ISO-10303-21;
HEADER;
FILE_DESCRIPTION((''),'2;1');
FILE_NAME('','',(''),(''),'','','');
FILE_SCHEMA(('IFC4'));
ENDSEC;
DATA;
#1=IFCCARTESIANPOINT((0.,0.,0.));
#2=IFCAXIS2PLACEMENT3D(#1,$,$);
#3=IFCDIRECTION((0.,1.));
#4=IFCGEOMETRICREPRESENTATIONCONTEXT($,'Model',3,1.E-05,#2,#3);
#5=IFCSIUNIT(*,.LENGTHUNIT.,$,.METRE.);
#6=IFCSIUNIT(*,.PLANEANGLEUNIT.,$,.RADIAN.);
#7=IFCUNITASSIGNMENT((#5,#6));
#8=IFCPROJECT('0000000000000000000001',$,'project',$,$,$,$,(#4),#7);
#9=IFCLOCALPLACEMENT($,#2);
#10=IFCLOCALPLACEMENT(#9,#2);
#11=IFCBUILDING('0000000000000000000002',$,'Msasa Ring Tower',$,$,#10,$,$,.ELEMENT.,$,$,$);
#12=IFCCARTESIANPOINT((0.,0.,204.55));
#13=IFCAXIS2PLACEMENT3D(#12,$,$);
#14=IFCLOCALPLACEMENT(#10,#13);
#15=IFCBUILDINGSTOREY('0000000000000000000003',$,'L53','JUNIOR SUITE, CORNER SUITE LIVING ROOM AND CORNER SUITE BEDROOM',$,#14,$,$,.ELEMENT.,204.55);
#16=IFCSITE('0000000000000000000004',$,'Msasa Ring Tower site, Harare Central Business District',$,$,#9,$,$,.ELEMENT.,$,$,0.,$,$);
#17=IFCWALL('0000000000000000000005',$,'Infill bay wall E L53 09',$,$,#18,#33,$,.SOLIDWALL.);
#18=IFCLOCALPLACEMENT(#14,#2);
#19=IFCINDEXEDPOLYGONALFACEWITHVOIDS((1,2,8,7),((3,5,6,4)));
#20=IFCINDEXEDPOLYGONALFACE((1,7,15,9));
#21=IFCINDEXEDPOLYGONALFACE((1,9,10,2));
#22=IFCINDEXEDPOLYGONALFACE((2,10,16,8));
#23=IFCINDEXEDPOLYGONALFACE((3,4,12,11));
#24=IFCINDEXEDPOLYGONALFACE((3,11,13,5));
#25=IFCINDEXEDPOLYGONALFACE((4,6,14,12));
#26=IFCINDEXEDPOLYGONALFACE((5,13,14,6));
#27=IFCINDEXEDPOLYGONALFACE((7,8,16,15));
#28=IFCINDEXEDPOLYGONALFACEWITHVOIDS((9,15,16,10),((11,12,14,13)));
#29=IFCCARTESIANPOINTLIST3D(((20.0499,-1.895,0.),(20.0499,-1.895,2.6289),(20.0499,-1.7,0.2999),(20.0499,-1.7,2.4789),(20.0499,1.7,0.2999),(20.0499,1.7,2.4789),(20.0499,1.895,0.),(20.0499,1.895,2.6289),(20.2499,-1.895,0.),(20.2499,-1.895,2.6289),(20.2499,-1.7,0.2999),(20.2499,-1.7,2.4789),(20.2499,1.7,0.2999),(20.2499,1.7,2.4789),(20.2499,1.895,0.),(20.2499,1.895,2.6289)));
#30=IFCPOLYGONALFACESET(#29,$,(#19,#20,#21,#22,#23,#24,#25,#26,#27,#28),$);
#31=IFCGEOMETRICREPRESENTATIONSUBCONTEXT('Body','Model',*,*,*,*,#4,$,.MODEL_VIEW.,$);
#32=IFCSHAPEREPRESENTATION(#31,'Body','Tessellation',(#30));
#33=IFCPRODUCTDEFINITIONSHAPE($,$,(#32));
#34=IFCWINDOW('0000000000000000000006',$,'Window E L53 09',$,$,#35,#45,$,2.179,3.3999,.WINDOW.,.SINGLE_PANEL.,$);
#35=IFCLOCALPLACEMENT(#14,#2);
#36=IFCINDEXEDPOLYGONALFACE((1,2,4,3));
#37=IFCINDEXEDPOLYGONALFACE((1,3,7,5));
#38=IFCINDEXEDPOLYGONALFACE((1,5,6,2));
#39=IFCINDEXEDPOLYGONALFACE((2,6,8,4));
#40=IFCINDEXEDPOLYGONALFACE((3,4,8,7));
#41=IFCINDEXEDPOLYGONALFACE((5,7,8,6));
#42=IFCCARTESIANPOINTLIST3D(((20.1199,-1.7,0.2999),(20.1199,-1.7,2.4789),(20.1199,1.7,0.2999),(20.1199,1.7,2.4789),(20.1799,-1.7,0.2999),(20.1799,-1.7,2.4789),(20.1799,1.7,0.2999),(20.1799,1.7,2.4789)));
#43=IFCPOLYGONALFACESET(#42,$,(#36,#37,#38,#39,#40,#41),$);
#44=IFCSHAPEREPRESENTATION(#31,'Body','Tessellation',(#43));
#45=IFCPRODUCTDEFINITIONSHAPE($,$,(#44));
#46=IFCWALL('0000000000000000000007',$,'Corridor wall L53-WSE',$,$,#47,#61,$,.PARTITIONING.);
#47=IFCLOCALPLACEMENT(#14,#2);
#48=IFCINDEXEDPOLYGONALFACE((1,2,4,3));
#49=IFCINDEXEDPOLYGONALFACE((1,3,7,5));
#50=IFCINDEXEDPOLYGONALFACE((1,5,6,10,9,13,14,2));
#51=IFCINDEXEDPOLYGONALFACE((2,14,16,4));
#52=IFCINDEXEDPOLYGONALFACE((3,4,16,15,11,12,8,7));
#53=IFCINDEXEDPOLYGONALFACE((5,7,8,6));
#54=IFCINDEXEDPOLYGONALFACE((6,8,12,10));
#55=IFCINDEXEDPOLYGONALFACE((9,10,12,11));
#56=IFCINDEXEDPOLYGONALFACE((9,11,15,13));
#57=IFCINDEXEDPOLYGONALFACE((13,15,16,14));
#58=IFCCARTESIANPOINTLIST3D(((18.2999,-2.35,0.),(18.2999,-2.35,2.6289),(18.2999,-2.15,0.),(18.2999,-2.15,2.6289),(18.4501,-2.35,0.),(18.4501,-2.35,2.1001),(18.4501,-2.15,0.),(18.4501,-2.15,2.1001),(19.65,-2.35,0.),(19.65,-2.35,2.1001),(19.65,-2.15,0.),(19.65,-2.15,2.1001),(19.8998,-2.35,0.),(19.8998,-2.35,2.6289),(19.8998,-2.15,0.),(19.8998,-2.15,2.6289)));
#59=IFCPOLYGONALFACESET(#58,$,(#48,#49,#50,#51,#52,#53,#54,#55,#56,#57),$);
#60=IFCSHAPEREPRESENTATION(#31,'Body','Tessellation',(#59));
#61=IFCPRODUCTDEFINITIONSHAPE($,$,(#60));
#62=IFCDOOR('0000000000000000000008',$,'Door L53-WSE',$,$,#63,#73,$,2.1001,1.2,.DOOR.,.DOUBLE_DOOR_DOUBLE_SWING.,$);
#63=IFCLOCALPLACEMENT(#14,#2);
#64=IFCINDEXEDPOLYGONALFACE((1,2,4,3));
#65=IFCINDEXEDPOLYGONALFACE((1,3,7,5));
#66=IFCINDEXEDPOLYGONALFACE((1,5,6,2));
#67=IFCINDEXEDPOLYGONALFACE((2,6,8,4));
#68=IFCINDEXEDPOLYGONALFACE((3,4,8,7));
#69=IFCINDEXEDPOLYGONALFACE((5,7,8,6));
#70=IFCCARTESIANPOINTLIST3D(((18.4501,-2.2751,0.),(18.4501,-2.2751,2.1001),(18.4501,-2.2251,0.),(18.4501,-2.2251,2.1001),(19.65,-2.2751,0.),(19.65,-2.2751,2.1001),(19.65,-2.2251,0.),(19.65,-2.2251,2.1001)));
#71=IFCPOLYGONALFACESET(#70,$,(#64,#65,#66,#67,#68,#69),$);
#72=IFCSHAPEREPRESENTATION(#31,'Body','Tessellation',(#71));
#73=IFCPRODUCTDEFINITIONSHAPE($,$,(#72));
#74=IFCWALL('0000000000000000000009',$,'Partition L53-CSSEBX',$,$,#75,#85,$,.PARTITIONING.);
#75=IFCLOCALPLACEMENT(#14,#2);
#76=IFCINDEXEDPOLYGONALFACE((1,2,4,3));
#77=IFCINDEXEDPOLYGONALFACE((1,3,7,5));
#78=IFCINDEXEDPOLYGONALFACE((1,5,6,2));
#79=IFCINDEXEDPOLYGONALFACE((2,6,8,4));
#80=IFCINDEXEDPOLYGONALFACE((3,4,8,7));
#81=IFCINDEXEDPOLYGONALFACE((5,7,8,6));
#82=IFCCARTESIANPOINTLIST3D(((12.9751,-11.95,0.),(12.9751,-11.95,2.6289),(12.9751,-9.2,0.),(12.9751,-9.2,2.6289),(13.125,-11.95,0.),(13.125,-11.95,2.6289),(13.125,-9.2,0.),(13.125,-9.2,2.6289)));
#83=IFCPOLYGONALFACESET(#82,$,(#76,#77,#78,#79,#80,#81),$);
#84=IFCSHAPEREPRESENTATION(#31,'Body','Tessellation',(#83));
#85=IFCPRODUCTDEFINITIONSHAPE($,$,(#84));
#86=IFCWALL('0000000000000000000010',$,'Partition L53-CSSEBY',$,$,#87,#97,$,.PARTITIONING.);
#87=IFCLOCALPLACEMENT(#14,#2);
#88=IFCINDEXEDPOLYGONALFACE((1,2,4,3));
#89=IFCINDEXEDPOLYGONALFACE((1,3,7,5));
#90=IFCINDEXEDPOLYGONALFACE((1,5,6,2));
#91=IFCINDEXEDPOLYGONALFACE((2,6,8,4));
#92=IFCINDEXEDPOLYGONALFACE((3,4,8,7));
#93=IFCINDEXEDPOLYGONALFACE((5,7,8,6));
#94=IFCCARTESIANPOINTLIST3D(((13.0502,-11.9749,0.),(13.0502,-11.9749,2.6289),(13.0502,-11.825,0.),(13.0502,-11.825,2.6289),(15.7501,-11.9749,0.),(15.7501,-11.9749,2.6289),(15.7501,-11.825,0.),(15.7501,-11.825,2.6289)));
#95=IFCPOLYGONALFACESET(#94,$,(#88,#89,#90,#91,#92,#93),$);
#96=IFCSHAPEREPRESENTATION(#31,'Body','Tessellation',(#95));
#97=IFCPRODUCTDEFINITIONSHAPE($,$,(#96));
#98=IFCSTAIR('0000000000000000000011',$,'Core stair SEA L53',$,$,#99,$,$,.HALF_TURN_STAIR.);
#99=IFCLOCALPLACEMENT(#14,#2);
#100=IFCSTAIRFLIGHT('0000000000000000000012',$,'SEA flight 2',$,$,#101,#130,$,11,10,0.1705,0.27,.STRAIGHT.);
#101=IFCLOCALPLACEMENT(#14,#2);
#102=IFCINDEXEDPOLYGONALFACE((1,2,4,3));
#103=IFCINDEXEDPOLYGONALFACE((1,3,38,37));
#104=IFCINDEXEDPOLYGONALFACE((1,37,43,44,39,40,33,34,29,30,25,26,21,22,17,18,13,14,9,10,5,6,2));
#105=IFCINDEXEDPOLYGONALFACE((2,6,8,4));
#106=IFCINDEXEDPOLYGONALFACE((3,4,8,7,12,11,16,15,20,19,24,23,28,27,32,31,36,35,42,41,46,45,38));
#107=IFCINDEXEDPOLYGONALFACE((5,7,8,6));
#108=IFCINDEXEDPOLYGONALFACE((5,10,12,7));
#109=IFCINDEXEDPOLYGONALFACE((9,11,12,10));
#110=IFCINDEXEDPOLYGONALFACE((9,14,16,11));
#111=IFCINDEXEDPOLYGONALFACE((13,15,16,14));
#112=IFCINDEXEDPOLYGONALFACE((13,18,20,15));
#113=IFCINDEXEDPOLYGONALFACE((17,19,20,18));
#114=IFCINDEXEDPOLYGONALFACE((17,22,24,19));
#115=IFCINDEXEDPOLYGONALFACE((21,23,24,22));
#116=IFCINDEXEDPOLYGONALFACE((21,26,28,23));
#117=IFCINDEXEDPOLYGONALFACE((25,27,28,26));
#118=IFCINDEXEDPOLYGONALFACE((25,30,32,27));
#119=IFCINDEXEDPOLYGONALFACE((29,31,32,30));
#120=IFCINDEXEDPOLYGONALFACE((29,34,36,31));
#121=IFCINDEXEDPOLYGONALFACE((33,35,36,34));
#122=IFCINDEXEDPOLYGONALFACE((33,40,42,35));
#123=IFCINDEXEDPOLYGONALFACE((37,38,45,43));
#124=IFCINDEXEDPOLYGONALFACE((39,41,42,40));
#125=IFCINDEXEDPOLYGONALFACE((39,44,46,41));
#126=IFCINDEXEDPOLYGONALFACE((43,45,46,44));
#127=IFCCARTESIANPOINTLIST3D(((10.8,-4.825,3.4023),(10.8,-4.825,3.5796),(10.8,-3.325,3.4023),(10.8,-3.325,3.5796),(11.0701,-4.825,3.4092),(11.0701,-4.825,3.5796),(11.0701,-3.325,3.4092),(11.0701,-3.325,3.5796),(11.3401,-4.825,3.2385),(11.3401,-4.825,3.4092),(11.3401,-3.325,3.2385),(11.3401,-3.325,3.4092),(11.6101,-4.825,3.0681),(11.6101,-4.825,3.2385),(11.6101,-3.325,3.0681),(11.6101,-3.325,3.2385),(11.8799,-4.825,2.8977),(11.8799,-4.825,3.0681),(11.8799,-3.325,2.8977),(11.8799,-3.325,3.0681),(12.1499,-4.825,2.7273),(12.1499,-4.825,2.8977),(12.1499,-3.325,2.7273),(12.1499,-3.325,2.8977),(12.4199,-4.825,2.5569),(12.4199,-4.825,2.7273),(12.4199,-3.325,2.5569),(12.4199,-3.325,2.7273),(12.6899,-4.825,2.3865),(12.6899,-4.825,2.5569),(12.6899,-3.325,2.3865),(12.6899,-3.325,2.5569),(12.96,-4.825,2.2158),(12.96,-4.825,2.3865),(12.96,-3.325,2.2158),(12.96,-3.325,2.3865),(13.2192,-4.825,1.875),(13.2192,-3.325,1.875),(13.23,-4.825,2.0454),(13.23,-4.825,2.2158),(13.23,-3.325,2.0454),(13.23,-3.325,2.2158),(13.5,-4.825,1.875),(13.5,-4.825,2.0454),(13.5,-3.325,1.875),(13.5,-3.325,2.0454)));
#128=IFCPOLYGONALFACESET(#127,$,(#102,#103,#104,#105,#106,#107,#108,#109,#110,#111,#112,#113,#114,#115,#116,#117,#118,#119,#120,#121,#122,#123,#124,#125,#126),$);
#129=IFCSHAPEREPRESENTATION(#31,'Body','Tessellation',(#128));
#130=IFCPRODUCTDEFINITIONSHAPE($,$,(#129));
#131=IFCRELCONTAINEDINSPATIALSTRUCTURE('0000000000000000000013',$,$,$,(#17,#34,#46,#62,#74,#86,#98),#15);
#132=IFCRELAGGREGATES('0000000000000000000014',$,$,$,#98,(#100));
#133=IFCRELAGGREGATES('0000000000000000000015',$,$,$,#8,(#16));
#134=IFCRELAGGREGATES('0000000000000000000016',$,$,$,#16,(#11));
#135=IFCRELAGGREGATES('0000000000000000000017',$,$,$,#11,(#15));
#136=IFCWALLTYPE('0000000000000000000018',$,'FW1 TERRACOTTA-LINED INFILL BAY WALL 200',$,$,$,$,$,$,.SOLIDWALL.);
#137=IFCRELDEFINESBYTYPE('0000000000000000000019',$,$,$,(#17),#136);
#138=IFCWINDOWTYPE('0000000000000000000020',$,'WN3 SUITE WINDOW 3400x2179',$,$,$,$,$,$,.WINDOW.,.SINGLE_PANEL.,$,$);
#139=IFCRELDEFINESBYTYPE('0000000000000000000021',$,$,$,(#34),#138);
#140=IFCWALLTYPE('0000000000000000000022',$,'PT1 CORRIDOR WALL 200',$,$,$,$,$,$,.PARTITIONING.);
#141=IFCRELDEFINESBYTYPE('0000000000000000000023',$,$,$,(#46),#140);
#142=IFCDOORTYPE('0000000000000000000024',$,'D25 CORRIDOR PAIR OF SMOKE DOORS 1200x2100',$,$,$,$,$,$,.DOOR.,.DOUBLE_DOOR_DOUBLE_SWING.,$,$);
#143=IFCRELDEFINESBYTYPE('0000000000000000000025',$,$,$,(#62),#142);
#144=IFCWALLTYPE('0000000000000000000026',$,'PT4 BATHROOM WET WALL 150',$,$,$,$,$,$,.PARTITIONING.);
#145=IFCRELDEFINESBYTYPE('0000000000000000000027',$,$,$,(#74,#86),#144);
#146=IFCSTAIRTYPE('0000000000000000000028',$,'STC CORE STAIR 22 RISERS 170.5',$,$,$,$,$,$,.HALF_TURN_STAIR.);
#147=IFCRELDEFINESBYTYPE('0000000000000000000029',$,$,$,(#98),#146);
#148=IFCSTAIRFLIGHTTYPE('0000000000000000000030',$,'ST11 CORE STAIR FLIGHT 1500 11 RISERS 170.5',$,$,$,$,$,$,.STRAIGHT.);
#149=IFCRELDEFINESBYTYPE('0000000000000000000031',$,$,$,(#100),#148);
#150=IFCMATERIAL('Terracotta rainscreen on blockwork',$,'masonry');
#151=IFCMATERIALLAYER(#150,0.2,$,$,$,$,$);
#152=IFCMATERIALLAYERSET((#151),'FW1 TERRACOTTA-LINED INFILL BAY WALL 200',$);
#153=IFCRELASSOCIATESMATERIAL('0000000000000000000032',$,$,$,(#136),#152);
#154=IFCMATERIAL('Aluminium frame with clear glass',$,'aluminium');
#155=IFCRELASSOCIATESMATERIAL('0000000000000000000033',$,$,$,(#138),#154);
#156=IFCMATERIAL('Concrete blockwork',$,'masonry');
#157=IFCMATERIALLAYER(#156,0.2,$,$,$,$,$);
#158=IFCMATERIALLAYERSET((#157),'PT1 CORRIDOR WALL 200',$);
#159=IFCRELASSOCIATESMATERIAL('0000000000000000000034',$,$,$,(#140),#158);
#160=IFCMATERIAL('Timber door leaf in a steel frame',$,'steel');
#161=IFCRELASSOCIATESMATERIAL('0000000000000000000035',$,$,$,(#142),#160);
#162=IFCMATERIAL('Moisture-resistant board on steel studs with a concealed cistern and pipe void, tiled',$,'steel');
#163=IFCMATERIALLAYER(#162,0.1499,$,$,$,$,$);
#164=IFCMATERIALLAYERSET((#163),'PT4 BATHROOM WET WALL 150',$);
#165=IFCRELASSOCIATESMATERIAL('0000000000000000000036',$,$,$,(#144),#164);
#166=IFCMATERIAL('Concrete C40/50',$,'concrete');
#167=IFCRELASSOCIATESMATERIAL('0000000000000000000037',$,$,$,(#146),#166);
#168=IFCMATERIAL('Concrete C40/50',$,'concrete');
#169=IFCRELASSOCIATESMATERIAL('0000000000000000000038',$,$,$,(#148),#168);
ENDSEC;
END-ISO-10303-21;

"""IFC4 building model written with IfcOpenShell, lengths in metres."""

from ifc_helpers import new_model, si_unit, direction, frame, frame_2d, origin, place, context, subcontext, project, spatial, polyline, rectangle, outline, extrude, material, layer, layer_set, type_object, element, fill, aggregate, save


model = new_model("IFC4")

# Units and contexts
model_context = context("Model", 3, precision=1e-05, world=origin(), true_north=direction((0.0, 1.0)))
body_context = subcontext(model_context, "Body", "Model", "MODEL_VIEW")
ifc_project = project(units=[si_unit("LENGTHUNIT", "METRE"), si_unit("PLANEANGLEUNIT", "RADIAN")], contexts=[model_context])

# Site, building, storey
site_placement = place(None, origin())
site = spatial("IfcSite", under=ifc_project, at=site_placement, Name="Msasa Ring Tower site, Harare Central Business District", CompositionType="ELEMENT", RefElevation=0.0)
building_placement = place(site_placement, origin())
building = spatial("IfcBuilding", under=site, at=building_placement, Name="Msasa Ring Tower", CompositionType="ELEMENT")
storey_placement = place(building_placement, frame((0.0, 0.0, 204.55)))
storey = spatial("IfcBuildingStorey", under=building, at=storey_placement, Name="L53", Description="JUNIOR SUITE, CORNER SUITE LIVING ROOM AND CORNER SUITE BEDROOM", CompositionType="ELEMENT", Elevation=204.55)

# Wall, opening, window
ifc_material_1 = material(Name="Terracotta rainscreen on blockwork", Category="masonry")
ifc_layer_1 = layer(ifc_material_1, 0.2)
ifc_layer_set_1 = layer_set([ifc_layer_1], Name="FW1 TERRACOTTA-LINED INFILL BAY WALL 200")
wall_type_1 = type_object("IfcWallType", Name="FW1 TERRACOTTA-LINED INFILL BAY WALL 200", PredefinedType="SOLIDWALL", material=ifc_layer_set_1)
ifc_material_2 = material(Name="Aluminium frame with clear glass", Category="aluminium")
window_type = type_object("IfcWindowType", Name="WN3 SUITE WINDOW 3400x2179", PartitioningType="SINGLE_PANEL", PredefinedType="WINDOW", material=ifc_material_2)
wall_1_placement = place(storey_placement, frame((20.1499, -1.895, 0.0), z_axis=(0.0, 0.0, 1.0), x_axis=(0.0, 1.0, 0.0)))
wall_1 = element("IfcWall", 1, at=wall_1_placement, inside=storey, type_object=wall_type_1, Name="Infill bay wall E L53 09", PredefinedType="SOLIDWALL", context=body_context, shape_type="SweptSolid", body=[
    extrude(rectangle(XDim=3.79, YDim=0.2, at=frame_2d((1.895, 0.0))), origin(), (0.0, 0.0, 1.0), 2.6289),
])
opening_1_placement = place(wall_1_placement, frame((0.1951, 0.0, 0.3)))
opening_1 = element("IfcOpeningElement", 2, at=opening_1_placement, cuts=wall_1, PredefinedType="OPENING", context=body_context, shape_type="SweptSolid", body=[
    extrude(rectangle(XDim=3.3999, YDim=2.179, at=frame_2d((1.7, 1.0894))), frame((0.0, 0.1099, 0.0), z_axis=(0.0, -1.0, 0.0), x_axis=(1.0, 0.0, 0.0)), (0.0, 0.0, 1.0), 0.22),
])
window_1_placement = place(opening_1_placement, origin())
window_1 = element("IfcWindow", 3, at=window_1_placement, inside=storey, type_object=window_type, Name="Window E L53 09", OverallHeight=2.179, OverallWidth=3.3999, PartitioningType="SINGLE_PANEL", PredefinedType="WINDOW", context=body_context, shape_type="SweptSolid", body=[
    extrude(rectangle(XDim=3.3999, YDim=2.179, at=frame_2d((1.7, 1.0894))), frame((0.0, 0.03, 0.0), z_axis=(0.0, -1.0, 0.0), x_axis=(1.0, 0.0, 0.0)), (0.0, 0.0, 1.0), 0.0601),
])
fill(opening_1, window_1)

# Wall, opening, door
ifc_material_3 = material(Name="Concrete blockwork", Category="masonry")
ifc_layer_2 = layer(ifc_material_3, 0.2)
ifc_layer_set_2 = layer_set([ifc_layer_2], Name="PT1 CORRIDOR WALL 200")
wall_type_2 = type_object("IfcWallType", Name="PT1 CORRIDOR WALL 200", PredefinedType="PARTITIONING", material=ifc_layer_set_2)
wall_2_placement = place(storey_placement, frame((18.3, -2.25, 0.0), z_axis=(0.0, 0.0, 1.0), x_axis=(1.0, 0.0, 0.0)))
wall_2 = element("IfcWall", 4, at=wall_2_placement, inside=storey, type_object=wall_type_2, Name="Corridor wall L53-WSE", PredefinedType="PARTITIONING", context=body_context, shape_type="SweptSolid", body=[
    extrude(rectangle(XDim=1.5999, YDim=0.2, at=frame_2d((0.7998, 0.0))), origin(), (0.0, 0.0, 1.0), 2.6289),
])
opening_2_placement = place(wall_2_placement, frame((0.1499, 0.0, 0.0)))
opening_2 = element("IfcOpeningElement", 5, at=opening_2_placement, cuts=wall_2, PredefinedType="OPENING", context=body_context, shape_type="SweptSolid", body=[
    extrude(rectangle(XDim=1.2, YDim=2.1001, at=frame_2d((0.6001, 1.05))), frame((0.0, 0.1099, 0.0), z_axis=(0.0, -1.0, 0.0), x_axis=(1.0, 0.0, 0.0)), (0.0, 0.0, 1.0), 0.22),
])
ifc_material_4 = material(Name="Timber door leaf in a steel frame", Category="steel")
door_type_1 = type_object("IfcDoorType", Name="D25 CORRIDOR PAIR OF SMOKE DOORS 1200x2100", OperationType="DOUBLE_DOOR_DOUBLE_SWING", PredefinedType="DOOR", material=ifc_material_4)
door_1_placement = place(opening_2_placement, origin())
door_1 = element("IfcDoor", 6, at=door_1_placement, inside=storey, type_object=door_type_1, Name="Door L53-WSE", OperationType="DOUBLE_DOOR_DOUBLE_SWING", OverallHeight=2.1001, OverallWidth=1.2, PredefinedType="DOOR", context=body_context, shape_type="SweptSolid", body=[
    extrude(rectangle(XDim=1.2, YDim=2.1001, at=frame_2d((0.6001, 1.05))), frame((0.0, 0.0249, 0.0), z_axis=(0.0, -1.0, 0.0), x_axis=(1.0, 0.0, 0.0)), (0.0, 0.0, 1.0), 0.05),
])
fill(opening_2, door_1)

# Walls
ifc_material_5 = material(Name="Moisture-resistant board on steel studs with a concealed cistern and pipe void, tiled", Category="steel")
ifc_layer_3 = layer(ifc_material_5, 0.1499)
ifc_layer_set_3 = layer_set([ifc_layer_3], Name="PT4 BATHROOM WET WALL 150")
wall_type_3 = type_object("IfcWallType", Name="PT4 BATHROOM WET WALL 150", PredefinedType="PARTITIONING", material=ifc_layer_set_3)
wall_3_placement = place(storey_placement, frame((13.05, -11.95, 0.0), z_axis=(0.0, 0.0, 1.0), x_axis=(0.0, 1.0, 0.0)))
element("IfcWall", 7, at=wall_3_placement, inside=storey, type_object=wall_type_3, Name="Partition L53-CSSEBX", PredefinedType="PARTITIONING", context=body_context, shape_type="SweptSolid", body=[
    extrude(rectangle(XDim=2.75, YDim=0.1499, at=frame_2d((1.375, 0.0))), origin(), (0.0, 0.0, 1.0), 2.6289),
])
wall_4_placement = place(storey_placement, frame((13.05, -11.8999, 0.0), z_axis=(0.0, 0.0, 1.0), x_axis=(1.0, 0.0, 0.0)))
element("IfcWall", 8, at=wall_4_placement, inside=storey, type_object=wall_type_3, Name="Partition L53-CSSEBY", PredefinedType="PARTITIONING", context=body_context, shape_type="SweptSolid", body=[
    extrude(rectangle(XDim=2.7, YDim=0.1499, at=frame_2d((1.3501, 0.0))), origin(), (0.0, 0.0, 1.0), 2.6289),
])

# Stair, stair flight
ifc_material_6 = material(Name="Concrete C40/50", Category="concrete")
stair_type = type_object("IfcStairType", Name="STC CORE STAIR 22 RISERS 170.5", PredefinedType="HALF_TURN_STAIR", material=ifc_material_6)
stair_placement = place(storey_placement, origin())
stair = element("IfcStair", 9, at=stair_placement, inside=storey, type_object=stair_type, Name="Core stair SEA L53", PredefinedType="HALF_TURN_STAIR")
ifc_material_7 = material(Name="Concrete C40/50", Category="concrete")
stair_flight_type = type_object("IfcStairFlightType", Name="ST11 CORE STAIR FLIGHT 1500 11 RISERS 170.5", PredefinedType="STRAIGHT", material=ifc_material_7)
stair_flight_placement = place(storey_placement, frame((13.5, -4.075, 1.875), z_axis=(0.0, 0.0, 1.0), x_axis=(-1.0, 0.0, 0.0)))
stair_flight = element("IfcStairFlight", 10, at=stair_flight_placement, type_object=stair_flight_type, Name="SEA flight 2", NumberOfRisers=11, NumberOfTreads=10, PredefinedType="STRAIGHT", RiserHeight=0.1705, TreadLength=0.27, context=body_context, shape_type="SweptSolid", body=[
    extrude(outline(polyline([(0.0, 0.0), (0.0, 0.1704), (0.27, 0.1704), (0.27, 0.3408), (0.54, 0.3408), (0.54, 0.5115), (0.8101, 0.5115), (0.8101, 0.6819), (1.0801, 0.6819), (1.0801, 0.8523), (1.3501, 0.8523), (1.3501, 1.0227), (1.6201, 1.0227), (1.6201, 1.1931), (1.8899, 1.1931), (1.8899, 1.3635), (2.1599, 1.3635), (2.1599, 1.5342), (2.4299, 1.5342), (2.4299, 1.7046), (2.7, 1.7046), (2.7, 1.875), (2.7, 1.5273), (0.2808, 0.0), (0.0, 0.0)])), frame((0.0, 0.75, 0.0), z_axis=(0.0, -1.0, 0.0), x_axis=(1.0, 0.0, 0.0)), (0.0, 0.0, 1.0), 1.5),
])
aggregate(stair, [stair_flight])

save(model, "model.ifc")
